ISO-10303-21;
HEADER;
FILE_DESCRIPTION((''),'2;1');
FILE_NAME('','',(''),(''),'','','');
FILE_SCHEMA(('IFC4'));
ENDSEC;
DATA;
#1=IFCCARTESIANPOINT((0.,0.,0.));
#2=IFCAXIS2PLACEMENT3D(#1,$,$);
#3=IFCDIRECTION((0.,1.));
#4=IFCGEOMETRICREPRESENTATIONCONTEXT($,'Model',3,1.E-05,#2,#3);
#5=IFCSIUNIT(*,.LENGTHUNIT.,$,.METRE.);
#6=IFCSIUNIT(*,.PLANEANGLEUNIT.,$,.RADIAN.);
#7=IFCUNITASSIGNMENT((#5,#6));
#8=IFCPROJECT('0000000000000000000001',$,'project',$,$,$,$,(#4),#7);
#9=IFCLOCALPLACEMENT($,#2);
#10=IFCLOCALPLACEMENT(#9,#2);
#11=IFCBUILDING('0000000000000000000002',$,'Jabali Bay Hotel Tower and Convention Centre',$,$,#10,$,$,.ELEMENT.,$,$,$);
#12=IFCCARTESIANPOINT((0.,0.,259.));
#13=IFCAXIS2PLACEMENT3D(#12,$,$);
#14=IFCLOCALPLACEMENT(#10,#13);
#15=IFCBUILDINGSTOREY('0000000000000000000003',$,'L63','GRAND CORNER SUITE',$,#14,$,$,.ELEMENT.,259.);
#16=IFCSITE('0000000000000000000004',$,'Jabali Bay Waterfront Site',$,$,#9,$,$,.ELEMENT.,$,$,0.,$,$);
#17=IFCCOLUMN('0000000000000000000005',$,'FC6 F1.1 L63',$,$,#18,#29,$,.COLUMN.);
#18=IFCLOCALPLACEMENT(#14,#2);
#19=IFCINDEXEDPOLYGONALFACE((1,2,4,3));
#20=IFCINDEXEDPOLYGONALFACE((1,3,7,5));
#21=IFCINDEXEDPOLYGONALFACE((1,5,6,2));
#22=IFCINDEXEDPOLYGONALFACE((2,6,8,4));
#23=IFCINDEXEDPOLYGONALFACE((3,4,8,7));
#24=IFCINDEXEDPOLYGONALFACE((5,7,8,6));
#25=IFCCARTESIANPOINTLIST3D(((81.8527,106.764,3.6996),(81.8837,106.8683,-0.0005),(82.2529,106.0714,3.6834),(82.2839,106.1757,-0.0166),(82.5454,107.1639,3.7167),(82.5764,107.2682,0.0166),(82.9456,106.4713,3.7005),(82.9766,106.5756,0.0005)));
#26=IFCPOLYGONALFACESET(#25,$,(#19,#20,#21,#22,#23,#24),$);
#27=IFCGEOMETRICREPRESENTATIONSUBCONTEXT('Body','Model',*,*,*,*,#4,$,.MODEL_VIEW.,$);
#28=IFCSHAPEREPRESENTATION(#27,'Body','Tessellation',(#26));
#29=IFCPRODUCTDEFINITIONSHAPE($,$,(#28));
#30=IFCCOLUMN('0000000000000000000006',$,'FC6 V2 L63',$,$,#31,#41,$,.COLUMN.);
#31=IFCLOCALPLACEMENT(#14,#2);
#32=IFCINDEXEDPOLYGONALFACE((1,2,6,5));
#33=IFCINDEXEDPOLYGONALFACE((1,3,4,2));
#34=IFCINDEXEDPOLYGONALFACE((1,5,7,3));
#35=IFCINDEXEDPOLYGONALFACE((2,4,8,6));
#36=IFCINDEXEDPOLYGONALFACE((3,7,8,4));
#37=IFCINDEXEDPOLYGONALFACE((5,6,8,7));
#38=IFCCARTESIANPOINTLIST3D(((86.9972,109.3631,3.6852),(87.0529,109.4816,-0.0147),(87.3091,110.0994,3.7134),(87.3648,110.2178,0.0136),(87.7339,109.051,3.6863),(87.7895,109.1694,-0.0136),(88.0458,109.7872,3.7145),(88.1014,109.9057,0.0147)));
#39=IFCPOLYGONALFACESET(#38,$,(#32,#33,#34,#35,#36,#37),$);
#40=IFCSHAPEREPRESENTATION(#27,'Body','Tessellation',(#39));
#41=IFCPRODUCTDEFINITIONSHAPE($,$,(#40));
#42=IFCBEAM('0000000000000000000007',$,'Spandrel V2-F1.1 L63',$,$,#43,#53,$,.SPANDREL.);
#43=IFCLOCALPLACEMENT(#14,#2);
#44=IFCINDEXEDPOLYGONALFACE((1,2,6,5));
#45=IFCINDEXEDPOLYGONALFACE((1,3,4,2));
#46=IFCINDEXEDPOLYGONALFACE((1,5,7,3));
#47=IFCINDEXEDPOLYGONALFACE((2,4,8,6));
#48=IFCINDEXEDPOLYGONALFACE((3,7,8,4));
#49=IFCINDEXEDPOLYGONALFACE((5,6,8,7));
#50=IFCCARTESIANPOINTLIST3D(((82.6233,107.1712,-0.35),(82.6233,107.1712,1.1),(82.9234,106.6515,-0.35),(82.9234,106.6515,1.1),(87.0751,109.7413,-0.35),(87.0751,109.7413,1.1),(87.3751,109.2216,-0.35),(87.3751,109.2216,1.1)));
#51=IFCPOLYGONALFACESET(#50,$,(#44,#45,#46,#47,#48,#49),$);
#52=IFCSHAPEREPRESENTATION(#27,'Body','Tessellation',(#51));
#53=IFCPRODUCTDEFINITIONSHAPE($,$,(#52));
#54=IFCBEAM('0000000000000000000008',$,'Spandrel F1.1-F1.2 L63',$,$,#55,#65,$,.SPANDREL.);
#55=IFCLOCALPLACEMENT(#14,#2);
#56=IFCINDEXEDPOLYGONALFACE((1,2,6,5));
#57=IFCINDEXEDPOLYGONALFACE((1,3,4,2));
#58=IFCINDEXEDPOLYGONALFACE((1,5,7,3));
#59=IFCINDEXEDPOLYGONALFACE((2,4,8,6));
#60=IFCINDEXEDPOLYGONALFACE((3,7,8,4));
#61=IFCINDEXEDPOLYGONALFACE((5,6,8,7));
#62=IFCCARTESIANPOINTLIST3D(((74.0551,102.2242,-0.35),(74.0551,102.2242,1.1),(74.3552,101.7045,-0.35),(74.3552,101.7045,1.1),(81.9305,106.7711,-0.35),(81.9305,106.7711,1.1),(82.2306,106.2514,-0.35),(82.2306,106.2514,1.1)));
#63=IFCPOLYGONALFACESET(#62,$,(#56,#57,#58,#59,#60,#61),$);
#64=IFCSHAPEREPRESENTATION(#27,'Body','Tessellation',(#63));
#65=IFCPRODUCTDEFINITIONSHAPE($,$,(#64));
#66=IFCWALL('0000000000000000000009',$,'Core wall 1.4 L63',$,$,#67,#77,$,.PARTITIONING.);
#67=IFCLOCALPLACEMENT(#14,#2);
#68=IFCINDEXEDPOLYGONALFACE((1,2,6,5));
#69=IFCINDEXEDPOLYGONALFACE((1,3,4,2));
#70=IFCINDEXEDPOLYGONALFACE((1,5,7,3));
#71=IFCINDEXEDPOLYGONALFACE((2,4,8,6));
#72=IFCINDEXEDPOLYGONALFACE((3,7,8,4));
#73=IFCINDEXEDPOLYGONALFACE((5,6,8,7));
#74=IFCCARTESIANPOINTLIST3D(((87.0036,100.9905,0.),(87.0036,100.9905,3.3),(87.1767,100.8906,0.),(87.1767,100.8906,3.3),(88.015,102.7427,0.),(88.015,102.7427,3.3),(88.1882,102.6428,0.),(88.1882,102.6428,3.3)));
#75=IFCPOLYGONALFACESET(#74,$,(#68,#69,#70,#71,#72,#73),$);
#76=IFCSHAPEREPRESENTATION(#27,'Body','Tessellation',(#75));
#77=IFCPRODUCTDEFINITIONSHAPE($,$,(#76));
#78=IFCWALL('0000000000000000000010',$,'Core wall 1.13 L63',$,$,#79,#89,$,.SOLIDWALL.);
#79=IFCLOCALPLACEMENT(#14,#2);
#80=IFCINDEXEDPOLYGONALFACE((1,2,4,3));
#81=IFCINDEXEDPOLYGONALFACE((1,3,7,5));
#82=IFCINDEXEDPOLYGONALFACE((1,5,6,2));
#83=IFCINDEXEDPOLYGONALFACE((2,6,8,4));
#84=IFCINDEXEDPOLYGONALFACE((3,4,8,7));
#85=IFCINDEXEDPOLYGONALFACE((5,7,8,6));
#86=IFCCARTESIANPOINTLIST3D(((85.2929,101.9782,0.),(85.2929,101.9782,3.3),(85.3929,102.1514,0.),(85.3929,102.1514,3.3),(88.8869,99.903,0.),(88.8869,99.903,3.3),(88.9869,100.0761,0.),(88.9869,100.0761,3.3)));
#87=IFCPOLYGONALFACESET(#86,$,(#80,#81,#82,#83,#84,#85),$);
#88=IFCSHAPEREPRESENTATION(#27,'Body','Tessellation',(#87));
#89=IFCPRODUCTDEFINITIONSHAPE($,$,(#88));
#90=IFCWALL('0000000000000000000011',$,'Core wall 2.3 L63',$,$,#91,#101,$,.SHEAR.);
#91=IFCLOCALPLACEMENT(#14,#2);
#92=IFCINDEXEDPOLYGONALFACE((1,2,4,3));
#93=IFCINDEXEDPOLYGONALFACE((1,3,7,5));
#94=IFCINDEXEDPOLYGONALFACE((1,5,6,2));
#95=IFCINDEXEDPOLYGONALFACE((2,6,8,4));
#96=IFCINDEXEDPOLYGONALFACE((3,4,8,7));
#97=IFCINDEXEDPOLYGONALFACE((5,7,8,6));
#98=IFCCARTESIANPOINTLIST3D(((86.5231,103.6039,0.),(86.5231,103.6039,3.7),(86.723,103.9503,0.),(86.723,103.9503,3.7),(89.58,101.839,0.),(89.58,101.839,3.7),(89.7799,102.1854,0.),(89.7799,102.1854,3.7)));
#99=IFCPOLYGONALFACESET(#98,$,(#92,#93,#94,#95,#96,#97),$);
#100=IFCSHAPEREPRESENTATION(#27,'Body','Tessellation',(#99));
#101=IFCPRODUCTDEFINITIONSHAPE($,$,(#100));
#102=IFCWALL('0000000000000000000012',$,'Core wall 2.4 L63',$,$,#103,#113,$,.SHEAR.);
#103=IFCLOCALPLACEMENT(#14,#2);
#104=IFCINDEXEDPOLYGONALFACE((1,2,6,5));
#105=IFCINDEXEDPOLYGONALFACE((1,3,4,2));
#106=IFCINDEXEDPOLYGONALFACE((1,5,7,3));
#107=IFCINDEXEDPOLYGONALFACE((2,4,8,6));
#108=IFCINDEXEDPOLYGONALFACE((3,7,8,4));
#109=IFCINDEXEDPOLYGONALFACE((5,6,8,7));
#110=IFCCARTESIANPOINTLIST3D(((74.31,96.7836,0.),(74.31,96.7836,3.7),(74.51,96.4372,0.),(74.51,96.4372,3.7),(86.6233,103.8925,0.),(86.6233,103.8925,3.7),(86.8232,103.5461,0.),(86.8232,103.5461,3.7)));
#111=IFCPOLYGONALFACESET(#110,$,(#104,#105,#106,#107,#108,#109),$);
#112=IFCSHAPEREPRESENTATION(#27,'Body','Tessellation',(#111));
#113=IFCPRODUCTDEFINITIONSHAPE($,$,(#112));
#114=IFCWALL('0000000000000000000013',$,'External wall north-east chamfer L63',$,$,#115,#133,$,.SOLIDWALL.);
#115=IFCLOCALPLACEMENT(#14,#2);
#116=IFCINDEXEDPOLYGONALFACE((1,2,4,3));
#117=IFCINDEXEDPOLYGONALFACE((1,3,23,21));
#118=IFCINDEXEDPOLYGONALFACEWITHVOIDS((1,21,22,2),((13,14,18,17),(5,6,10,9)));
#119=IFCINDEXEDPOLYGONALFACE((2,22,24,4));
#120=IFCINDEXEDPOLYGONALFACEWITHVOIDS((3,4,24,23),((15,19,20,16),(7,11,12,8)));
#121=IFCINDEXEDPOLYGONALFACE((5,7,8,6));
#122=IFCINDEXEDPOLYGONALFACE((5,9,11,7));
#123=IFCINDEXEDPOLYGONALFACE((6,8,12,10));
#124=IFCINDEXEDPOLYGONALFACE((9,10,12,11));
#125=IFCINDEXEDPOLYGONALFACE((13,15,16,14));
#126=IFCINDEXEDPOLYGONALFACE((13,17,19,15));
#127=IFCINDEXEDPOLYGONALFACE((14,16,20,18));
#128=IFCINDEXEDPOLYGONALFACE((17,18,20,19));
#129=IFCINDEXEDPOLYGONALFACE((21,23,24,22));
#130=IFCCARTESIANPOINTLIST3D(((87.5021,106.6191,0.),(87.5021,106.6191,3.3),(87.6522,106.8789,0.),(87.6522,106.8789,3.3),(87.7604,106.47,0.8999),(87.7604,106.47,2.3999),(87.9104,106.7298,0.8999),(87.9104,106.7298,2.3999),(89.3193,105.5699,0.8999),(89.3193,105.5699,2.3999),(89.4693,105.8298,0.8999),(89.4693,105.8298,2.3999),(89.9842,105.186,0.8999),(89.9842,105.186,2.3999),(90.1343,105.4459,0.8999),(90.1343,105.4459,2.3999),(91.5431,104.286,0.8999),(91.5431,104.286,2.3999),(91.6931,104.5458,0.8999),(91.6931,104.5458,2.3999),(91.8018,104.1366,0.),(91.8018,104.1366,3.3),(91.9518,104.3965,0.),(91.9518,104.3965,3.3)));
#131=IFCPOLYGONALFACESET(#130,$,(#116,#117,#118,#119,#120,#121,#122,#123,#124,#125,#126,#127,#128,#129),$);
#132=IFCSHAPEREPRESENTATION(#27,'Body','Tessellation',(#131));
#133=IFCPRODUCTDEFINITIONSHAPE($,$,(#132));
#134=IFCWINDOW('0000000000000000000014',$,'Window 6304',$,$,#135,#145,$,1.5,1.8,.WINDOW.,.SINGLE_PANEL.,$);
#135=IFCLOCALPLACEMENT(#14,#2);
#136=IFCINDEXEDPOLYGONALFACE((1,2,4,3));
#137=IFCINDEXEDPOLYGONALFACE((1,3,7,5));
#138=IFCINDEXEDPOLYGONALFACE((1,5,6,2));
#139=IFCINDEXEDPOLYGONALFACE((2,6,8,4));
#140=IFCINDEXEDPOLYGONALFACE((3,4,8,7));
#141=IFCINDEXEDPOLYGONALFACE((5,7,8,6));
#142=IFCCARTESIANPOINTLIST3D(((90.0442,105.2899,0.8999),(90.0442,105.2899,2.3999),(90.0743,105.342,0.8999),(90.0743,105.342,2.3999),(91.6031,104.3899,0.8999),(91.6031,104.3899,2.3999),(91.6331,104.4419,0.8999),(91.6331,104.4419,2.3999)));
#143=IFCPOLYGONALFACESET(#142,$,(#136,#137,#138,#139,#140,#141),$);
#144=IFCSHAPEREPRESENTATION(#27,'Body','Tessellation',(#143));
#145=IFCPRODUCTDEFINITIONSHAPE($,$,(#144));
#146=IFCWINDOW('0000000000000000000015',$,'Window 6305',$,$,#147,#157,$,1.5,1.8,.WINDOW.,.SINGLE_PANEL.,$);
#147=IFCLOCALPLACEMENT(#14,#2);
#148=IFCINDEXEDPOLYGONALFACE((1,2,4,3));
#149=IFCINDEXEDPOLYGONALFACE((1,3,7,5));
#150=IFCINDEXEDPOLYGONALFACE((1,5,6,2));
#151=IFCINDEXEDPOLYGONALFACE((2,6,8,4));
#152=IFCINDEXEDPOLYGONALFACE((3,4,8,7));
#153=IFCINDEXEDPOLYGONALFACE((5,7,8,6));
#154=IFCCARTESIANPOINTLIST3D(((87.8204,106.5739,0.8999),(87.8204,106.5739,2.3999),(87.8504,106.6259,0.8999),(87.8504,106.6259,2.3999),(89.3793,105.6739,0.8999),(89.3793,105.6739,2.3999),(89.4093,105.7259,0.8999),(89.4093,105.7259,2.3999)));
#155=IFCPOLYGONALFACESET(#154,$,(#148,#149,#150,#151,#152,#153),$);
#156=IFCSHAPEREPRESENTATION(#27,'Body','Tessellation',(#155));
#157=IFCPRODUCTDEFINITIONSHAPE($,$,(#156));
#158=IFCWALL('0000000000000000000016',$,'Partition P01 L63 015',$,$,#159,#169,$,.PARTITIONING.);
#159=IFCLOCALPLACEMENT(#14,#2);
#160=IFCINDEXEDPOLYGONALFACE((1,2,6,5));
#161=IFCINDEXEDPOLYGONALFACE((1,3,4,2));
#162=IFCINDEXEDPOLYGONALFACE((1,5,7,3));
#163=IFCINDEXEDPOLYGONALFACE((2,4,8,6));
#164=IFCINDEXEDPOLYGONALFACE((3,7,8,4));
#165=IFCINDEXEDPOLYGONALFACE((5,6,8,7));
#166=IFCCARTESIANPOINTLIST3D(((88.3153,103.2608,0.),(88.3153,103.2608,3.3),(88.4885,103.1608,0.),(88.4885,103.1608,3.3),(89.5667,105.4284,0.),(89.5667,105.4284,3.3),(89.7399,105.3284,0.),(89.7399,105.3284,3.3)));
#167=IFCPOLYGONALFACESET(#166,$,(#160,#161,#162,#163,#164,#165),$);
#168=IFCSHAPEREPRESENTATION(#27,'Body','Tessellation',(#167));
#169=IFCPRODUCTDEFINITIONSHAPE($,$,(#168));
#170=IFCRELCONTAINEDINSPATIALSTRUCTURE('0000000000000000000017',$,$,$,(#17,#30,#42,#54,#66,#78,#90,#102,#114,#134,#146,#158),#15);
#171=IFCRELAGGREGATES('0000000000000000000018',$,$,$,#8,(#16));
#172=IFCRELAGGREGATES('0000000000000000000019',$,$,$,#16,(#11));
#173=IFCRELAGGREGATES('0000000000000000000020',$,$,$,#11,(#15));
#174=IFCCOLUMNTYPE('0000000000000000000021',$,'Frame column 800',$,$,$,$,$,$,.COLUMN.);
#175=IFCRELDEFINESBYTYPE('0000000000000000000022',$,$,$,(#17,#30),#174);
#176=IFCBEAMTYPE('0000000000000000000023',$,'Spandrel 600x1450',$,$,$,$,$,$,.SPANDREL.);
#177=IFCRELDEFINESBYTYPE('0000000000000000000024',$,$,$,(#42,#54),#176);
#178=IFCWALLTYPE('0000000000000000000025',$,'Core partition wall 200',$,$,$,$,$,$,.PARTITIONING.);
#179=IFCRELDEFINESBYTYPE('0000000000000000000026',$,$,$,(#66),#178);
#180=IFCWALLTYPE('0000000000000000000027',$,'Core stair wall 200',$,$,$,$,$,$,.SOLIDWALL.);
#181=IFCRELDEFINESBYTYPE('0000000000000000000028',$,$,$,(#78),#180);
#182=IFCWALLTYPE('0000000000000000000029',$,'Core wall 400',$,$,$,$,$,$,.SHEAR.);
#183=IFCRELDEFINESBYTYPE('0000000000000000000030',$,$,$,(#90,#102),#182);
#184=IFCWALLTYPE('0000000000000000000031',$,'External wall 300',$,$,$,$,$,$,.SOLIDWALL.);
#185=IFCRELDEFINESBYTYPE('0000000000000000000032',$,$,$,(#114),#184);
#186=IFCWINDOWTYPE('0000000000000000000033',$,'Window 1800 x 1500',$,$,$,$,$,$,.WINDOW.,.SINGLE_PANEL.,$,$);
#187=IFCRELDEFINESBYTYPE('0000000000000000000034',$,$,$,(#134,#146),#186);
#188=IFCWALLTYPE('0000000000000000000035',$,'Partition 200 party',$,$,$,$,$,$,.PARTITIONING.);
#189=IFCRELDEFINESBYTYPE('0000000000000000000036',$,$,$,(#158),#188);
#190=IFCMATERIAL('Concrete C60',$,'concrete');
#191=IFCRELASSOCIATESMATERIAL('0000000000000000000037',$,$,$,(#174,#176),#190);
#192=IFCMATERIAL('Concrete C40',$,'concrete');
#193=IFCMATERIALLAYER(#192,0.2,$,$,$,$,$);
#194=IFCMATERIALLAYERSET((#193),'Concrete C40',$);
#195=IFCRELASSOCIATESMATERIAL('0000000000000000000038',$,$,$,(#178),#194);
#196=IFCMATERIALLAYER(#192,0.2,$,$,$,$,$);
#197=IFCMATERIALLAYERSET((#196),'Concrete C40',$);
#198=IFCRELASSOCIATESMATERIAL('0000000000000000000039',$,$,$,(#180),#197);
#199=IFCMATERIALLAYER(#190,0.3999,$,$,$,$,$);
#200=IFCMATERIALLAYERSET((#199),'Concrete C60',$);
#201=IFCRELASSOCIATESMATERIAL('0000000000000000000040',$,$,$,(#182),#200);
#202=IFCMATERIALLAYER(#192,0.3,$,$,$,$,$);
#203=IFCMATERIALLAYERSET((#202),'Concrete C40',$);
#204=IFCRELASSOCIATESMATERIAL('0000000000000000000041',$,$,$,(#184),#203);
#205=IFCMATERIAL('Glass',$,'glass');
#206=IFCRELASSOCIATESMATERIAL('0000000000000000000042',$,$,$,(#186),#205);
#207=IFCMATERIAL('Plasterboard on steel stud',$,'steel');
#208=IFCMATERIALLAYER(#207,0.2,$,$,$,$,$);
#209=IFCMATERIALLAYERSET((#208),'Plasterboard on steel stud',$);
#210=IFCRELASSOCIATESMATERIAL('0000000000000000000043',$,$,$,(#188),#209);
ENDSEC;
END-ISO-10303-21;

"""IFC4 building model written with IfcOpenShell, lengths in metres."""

from ifc_helpers import new_model, si_unit, direction, frame, frame_2d, origin, origin_2d, place, context, subcontext, project, spatial, rectangle, extrude, material, layer, layer_set, material_profile, profile_set, type_object, element, fill, save


model = new_model("IFC4")

# Units and contexts
model_context = context("Model", 3, precision=1e-05, world=origin(), true_north=direction((0.0, 1.0)))
body_context = subcontext(model_context, "Body", "Model", "MODEL_VIEW")
ifc_project = project(units=[si_unit("LENGTHUNIT", "METRE"), si_unit("PLANEANGLEUNIT", "RADIAN")], contexts=[model_context])

# Site, building, storey
site_placement = place(None, origin())
site = spatial("IfcSite", under=ifc_project, at=site_placement, Name="Jabali Bay Waterfront Site", CompositionType="ELEMENT", RefElevation=0.0)
building_placement = place(site_placement, origin())
building = spatial("IfcBuilding", under=site, at=building_placement, Name="Jabali Bay Hotel Tower and Convention Centre", CompositionType="ELEMENT")
storey_placement = place(building_placement, frame((0.0, 0.0, 259.0)))
storey = spatial("IfcBuildingStorey", under=building, at=storey_placement, Name="L63", Description="GRAND CORNER SUITE", CompositionType="ELEMENT", Elevation=259.0)

# Columns
ifc_material_1 = material(Name="Concrete C60", Category="concrete")
ifc_material_profile_1 = material_profile(ifc_material_1, rectangle(XDim=0.8, YDim=0.8, at=origin_2d()), Name="Frame column 800")
ifc_profile_set_1 = profile_set([ifc_material_profile_1], Name="Concrete C60")
column_type = type_object("IfcColumnType", Name="Frame column 800", PredefinedType="COLUMN", material=ifc_profile_set_1)
column_1_placement = place(storey_placement, frame((82.4302, 106.7219, 0.0), z_axis=(-0.008376, -0.028163, 0.999568), x_axis=(0.865852, 0.499845, 0.021339)))
element("IfcColumn", 1, at=column_1_placement, inside=storey, type_object=column_type, Name="FC6 F1.1 L63", PredefinedType="COLUMN", context=body_context, shape_type="SweptSolid", body=[
    extrude(rectangle(XDim=0.8, YDim=0.8, at=origin_2d()), origin(), (0.0, 0.0, 1.0), 3.7017),
])
column_2_placement = place(storey_placement, frame((87.5771, 109.6936, 0.0), z_axis=(-0.015035, -0.031983, 0.999375), x_axis=(0.920764, -0.390117, 0.001368)))
element("IfcColumn", 2, at=column_2_placement, inside=storey, type_object=column_type, Name="FC6 V2 L63", PredefinedType="COLUMN", context=body_context, shape_type="SweptSolid", body=[
    extrude(rectangle(XDim=0.8, YDim=0.8, at=origin_2d()), origin(), (0.0, 0.0, 1.0), 3.7021),
])

# Beams
ifc_material_profile_2 = material_profile(ifc_material_1, rectangle(XDim=0.6001, YDim=1.45, at=origin_2d()), Name="Spandrel 600x1450")
ifc_profile_set_2 = profile_set([ifc_material_profile_2], Name="Concrete C60")
beam_type = type_object("IfcBeamType", Name="Spandrel 600x1450", PredefinedType="SPANDREL", material=ifc_profile_set_2)
beam_1_placement = place(storey_placement, frame((87.2251, 109.4814, 0.375), z_axis=(-0.866034, -0.499986, 0.0), x_axis=(0.499986, -0.866034, 0.0)))
element("IfcBeam", 3, at=beam_1_placement, inside=storey, type_object=beam_type, Name="Spandrel V2-F1.1 L63", PredefinedType="SPANDREL", context=body_context, shape_type="SweptSolid", body=[
    extrude(rectangle(XDim=0.6001, YDim=1.45, at=origin_2d()), origin(), (0.0, 0.0, 1.0), 5.1404),
])
beam_2_placement = place(storey_placement, frame((82.0806, 106.5112, 0.375), z_axis=(-0.866027, -0.499997, 0.0), x_axis=(0.499997, -0.866027, 0.0)))
element("IfcBeam", 4, at=beam_2_placement, inside=storey, type_object=beam_type, Name="Spandrel F1.1-F1.2 L63", PredefinedType="SPANDREL", context=body_context, shape_type="SweptSolid", body=[
    extrude(rectangle(XDim=0.6001, YDim=1.45, at=origin_2d()), origin(), (0.0, 0.0, 1.0), 9.0938),
])

# Walls
ifc_material_2 = material(Name="Concrete C40", Category="concrete")
ifc_layer_1 = layer(ifc_material_2, 0.2)
ifc_layer_set_1 = layer_set([ifc_layer_1], Name="Concrete C40")
wall_type_1 = type_object("IfcWallType", Name="Core partition wall 200", PredefinedType="PARTITIONING", material=ifc_layer_set_1)
wall_1_placement = place(storey_placement, frame((87.0901, 100.9404, 0.0), z_axis=(0.0, 0.0, 1.0), x_axis=(0.499942, 0.866059, 0.0)))
element("IfcWall", 5, at=wall_1_placement, inside=storey, type_object=wall_type_1, Name="Core wall 1.4 L63", PredefinedType="PARTITIONING", context=body_context, shape_type="SweptSolid", body=[
    extrude(rectangle(XDim=2.0232, YDim=0.2, at=frame_2d((1.0117, 0.0))), origin(), (0.0, 0.0, 1.0), 3.3),
])
ifc_layer_2 = layer(ifc_material_2, 0.2)
ifc_layer_set_2 = layer_set([ifc_layer_2], Name="Concrete C40")
wall_type_2 = type_object("IfcWallType", Name="Core stair wall 200", PredefinedType="SOLIDWALL", material=ifc_layer_set_2)
wall_2_placement = place(storey_placement, frame((88.937, 99.9895, 0.0), z_axis=(0.0, 0.0, 1.0), x_axis=(-0.866004, 0.500036, 0.0)))
element("IfcWall", 6, at=wall_2_placement, inside=storey, type_object=wall_type_2, Name="Core wall 1.13 L63", PredefinedType="SOLIDWALL", context=body_context, shape_type="SweptSolid", body=[
    extrude(rectangle(XDim=4.1501, YDim=0.2, at=frame_2d((2.0752, 0.0))), origin(), (0.0, 0.0, 1.0), 3.3),
])
ifc_layer_3 = layer(ifc_material_1, 0.3999)
ifc_layer_set_3 = layer_set([ifc_layer_3], Name="Concrete C60")
wall_type_3 = type_object("IfcWallType", Name="Core wall 400", PredefinedType="SHEAR", material=ifc_layer_set_3)
wall_3_placement = place(storey_placement, frame((89.6799, 102.0122, 0.0), z_axis=(0.0, 0.0, 1.0), x_axis=(-0.866025, 0.5, 0.0)))
element("IfcWall", 7, at=wall_3_placement, inside=storey, type_object=wall_type_3, Name="Core wall 2.3 L63", PredefinedType="SHEAR", context=body_context, shape_type="SweptSolid", body=[
    extrude(rectangle(XDim=3.5298, YDim=0.3999, at=frame_2d((1.7649, 0.0))), origin(), (0.0, 0.0, 1.0), 3.7),
])
wall_4_placement = place(storey_placement, frame((86.7231, 103.7192, 0.0), z_axis=(0.0, 0.0, 1.0), x_axis=(-0.86603, -0.499991, 0.0)))
element("IfcWall", 8, at=wall_4_placement, inside=storey, type_object=wall_type_3, Name="Core wall 2.4 L63", PredefinedType="SHEAR", context=body_context, shape_type="SweptSolid", body=[
    extrude(rectangle(XDim=14.218, YDim=0.3999, at=frame_2d((7.1089, 0.0))), origin(), (0.0, 0.0, 1.0), 3.7),
])

# Wall, openings, windows
ifc_layer_4 = layer(ifc_material_2, 0.3)
ifc_layer_set_4 = layer_set([ifc_layer_4], Name="Concrete C40")
wall_type_4 = type_object("IfcWallType", Name="External wall 300", PredefinedType="SOLIDWALL", material=ifc_layer_set_4)
wall_5_placement = place(storey_placement, frame((87.5771, 106.749, 0.0), z_axis=(0.0, 0.0, 1.0), x_axis=(0.866019, -0.50001, 0.0)))
wall_5 = element("IfcWall", 9, at=wall_5_placement, inside=storey, type_object=wall_type_4, Name="External wall north-east chamfer L63", PredefinedType="SOLIDWALL", context=body_context, shape_type="SweptSolid", body=[
    extrude(rectangle(XDim=4.9648, YDim=0.3, at=frame_2d((2.4824, 0.0))), origin(), (0.0, 0.0, 1.0), 3.3),
])
opening_1_placement = place(wall_5_placement, frame((2.8662, 0.0, 0.8999)))
opening_1 = element("IfcOpeningElement", 10, at=opening_1_placement, cuts=wall_5, PredefinedType="OPENING", context=body_context, shape_type="SweptSolid", body=[
    extrude(rectangle(XDim=1.8, YDim=1.5, at=frame_2d((0.8999, 0.75))), frame((0.0, 0.1606, 0.0), z_axis=(0.0, -1.0, 0.0), x_axis=(1.0, 0.0, 0.0)), (0.0, 0.0, 1.0), 0.321),
])
opening_2_placement = place(wall_5_placement, frame((0.2983, 0.0, 0.8999)))
opening_2 = element("IfcOpeningElement", 11, at=opening_2_placement, cuts=wall_5, PredefinedType="OPENING", context=body_context, shape_type="SweptSolid", body=[
    extrude(rectangle(XDim=1.8, YDim=1.5, at=frame_2d((0.8999, 0.75))), frame((0.0, 0.1606, 0.0), z_axis=(0.0, -1.0, 0.0), x_axis=(1.0, 0.0, 0.0)), (0.0, 0.0, 1.0), 0.321),
])
ifc_material_3 = material(Name="Glass", Category="glass")
window_type = type_object("IfcWindowType", Name="Window 1800 x 1500", PartitioningType="SINGLE_PANEL", PredefinedType="WINDOW", material=ifc_material_3)
window_1_placement = place(opening_1_placement, origin())
window_1 = element("IfcWindow", 12, at=window_1_placement, inside=storey, type_object=window_type, Name="Window 6304", OverallHeight=1.5, OverallWidth=1.8, PartitioningType="SINGLE_PANEL", PredefinedType="WINDOW", context=body_context, shape_type="SweptSolid", body=[
    extrude(rectangle(XDim=1.8, YDim=1.5, at=frame_2d((0.8999, 0.75))), frame((0.0, 0.03, 0.0), z_axis=(0.0, -1.0, 0.0), x_axis=(1.0, 0.0, 0.0)), (0.0, 0.0, 1.0), 0.0601),
])
fill(opening_1, window_1)
window_2_placement = place(opening_2_placement, origin())
window_2 = element("IfcWindow", 13, at=window_2_placement, inside=storey, type_object=window_type, Name="Window 6305", OverallHeight=1.5, OverallWidth=1.8, PartitioningType="SINGLE_PANEL", PredefinedType="WINDOW", context=body_context, shape_type="SweptSolid", body=[
    extrude(rectangle(XDim=1.8, YDim=1.5, at=frame_2d((0.8999, 0.75))), frame((0.0, 0.03, 0.0), z_axis=(0.0, -1.0, 0.0), x_axis=(1.0, 0.0, 0.0)), (0.0, 0.0, 1.0), 0.0601),
])
fill(opening_2, window_2)

# Wall
ifc_material_4 = material(Name="Plasterboard on steel stud", Category="steel")
ifc_layer_5 = layer(ifc_material_4, 0.2)
ifc_layer_set_5 = layer_set([ifc_layer_5], Name="Plasterboard on steel stud")
wall_type_5 = type_object("IfcWallType", Name="Partition 200 party", PredefinedType="PARTITIONING", material=ifc_layer_set_5)
wall_6_placement = place(storey_placement, frame((89.6533, 105.3784, 0.0), z_axis=(0.0, 0.0, 1.0), x_axis=(-0.499979, -0.866038, 0.0)))
element("IfcWall", 14, at=wall_6_placement, inside=storey, type_object=wall_type_5, Name="Partition P01 L63 015", PredefinedType="PARTITIONING", context=body_context, shape_type="SweptSolid", body=[
    extrude(rectangle(XDim=2.5029, YDim=0.2, at=frame_2d((1.2515, 0.0))), origin(), (0.0, 0.0, 1.0), 3.3),
])

save(model, "model.ifc")
